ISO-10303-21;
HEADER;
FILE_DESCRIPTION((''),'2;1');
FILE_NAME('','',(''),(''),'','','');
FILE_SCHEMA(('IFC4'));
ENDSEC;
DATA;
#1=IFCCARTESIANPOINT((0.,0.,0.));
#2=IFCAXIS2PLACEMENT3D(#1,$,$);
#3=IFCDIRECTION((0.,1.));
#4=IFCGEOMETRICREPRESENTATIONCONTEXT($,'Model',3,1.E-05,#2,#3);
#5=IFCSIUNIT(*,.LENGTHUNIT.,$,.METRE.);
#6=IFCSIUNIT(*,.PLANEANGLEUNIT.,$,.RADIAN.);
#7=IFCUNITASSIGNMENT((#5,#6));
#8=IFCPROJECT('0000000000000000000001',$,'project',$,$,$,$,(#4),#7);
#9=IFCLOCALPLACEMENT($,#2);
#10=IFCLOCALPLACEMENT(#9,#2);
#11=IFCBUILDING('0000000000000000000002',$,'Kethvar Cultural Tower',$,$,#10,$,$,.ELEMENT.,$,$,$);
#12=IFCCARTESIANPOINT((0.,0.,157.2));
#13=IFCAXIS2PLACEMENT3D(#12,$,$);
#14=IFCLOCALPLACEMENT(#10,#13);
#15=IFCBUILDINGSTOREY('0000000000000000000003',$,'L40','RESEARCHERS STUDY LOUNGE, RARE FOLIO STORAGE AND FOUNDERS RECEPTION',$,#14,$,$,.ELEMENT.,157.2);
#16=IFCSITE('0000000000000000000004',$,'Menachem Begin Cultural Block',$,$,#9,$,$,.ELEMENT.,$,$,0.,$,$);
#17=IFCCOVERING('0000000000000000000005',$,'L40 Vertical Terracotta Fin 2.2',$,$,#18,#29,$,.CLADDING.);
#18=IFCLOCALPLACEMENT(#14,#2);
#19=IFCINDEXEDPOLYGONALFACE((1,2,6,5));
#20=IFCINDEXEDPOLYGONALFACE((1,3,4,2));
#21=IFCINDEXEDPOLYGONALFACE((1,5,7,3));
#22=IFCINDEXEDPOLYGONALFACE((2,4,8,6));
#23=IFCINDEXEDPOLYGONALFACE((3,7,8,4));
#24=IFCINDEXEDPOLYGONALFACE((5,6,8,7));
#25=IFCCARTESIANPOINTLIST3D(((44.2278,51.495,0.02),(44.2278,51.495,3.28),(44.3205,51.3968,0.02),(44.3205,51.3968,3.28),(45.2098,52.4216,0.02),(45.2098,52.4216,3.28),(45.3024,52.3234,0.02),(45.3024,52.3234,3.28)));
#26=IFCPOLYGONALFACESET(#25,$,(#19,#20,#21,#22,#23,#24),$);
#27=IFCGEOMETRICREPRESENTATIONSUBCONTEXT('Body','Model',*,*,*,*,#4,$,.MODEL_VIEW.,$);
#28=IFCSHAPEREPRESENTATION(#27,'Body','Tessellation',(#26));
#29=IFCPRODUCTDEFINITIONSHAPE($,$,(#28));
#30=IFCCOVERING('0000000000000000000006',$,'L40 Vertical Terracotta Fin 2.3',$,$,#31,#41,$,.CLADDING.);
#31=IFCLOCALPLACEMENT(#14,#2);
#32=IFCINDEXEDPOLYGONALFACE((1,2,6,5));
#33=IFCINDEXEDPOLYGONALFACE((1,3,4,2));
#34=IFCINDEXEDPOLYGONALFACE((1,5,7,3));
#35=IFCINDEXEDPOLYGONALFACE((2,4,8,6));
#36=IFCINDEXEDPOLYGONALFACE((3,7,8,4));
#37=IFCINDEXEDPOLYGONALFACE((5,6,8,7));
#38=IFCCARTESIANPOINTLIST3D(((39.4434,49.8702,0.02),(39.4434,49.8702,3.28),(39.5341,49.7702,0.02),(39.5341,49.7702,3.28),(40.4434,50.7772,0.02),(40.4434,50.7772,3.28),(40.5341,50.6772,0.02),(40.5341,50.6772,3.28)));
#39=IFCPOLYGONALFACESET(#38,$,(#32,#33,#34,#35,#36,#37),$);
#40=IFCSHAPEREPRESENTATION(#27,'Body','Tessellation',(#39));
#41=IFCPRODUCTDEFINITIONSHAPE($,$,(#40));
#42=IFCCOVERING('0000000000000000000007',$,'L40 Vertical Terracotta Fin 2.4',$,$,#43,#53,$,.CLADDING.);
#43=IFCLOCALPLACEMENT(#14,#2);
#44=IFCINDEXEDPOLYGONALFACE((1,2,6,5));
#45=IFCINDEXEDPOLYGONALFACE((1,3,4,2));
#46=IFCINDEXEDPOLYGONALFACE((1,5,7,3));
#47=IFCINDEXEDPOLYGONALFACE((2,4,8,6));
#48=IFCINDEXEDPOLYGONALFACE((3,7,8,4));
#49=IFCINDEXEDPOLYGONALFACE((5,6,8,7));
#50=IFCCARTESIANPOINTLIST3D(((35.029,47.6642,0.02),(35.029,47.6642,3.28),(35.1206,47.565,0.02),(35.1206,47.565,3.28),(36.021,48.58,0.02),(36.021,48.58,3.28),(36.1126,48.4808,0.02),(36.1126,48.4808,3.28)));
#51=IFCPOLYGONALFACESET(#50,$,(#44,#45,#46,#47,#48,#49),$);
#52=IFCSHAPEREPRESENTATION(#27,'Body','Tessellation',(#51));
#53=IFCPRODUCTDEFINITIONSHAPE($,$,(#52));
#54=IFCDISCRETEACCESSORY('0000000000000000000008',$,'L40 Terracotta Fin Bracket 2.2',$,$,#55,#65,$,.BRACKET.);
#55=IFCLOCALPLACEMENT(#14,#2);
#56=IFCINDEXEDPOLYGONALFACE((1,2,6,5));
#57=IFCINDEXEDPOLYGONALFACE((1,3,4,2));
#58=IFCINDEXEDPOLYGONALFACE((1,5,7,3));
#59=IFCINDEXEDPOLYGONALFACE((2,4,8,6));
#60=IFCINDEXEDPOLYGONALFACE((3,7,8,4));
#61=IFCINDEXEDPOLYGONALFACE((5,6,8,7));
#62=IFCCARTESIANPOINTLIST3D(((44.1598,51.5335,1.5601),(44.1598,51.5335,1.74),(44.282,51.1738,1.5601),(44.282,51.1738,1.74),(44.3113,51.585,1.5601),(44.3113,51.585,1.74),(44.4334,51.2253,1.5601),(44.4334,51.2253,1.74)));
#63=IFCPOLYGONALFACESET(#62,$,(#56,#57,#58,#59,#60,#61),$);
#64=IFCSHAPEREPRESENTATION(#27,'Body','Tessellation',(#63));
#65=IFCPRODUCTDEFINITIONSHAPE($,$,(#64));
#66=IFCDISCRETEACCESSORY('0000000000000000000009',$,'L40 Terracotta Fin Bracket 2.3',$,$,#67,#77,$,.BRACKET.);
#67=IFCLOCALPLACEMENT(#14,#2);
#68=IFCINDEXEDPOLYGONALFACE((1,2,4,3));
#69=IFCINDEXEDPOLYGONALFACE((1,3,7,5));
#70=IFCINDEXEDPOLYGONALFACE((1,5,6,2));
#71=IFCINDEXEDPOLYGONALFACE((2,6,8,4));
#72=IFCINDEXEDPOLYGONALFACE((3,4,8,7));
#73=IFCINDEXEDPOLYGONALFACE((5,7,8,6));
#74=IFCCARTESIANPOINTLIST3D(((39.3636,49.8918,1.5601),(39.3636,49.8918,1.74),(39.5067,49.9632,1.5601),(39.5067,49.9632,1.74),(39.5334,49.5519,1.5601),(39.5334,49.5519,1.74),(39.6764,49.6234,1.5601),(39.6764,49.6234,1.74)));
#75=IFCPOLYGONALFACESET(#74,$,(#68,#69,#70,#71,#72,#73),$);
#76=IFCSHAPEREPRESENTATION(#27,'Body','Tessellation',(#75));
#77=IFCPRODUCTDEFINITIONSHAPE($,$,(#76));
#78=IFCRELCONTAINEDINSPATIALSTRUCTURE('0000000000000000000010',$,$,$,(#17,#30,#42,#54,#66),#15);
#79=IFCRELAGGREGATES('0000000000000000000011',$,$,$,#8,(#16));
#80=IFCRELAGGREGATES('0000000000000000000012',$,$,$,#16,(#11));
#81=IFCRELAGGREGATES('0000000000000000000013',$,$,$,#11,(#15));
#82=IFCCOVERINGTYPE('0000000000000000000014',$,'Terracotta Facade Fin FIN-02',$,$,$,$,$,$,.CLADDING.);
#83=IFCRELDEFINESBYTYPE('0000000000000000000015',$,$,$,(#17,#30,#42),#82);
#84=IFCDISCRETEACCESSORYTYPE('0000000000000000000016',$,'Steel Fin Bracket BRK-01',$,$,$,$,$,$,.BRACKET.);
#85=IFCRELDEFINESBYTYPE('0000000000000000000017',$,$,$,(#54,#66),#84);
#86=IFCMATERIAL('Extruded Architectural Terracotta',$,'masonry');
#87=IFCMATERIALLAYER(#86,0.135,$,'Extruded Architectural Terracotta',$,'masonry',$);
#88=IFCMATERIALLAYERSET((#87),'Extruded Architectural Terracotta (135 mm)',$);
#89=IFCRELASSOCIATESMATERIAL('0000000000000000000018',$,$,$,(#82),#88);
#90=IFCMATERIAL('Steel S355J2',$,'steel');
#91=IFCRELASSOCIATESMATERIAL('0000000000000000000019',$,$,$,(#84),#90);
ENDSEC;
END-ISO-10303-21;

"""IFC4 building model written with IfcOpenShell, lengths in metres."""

from ifc_helpers import new_model, si_unit, direction, frame, origin, origin_2d, place, context, subcontext, project, spatial, rectangle, extrude, source, transform, mapped, material, layer, layer_set, type_object, element, save


model = new_model("IFC4")

# Units and contexts
model_context = context("Model", 3, precision=1e-05, world=origin(), true_north=direction((0.0, 1.0)))
body_context = subcontext(model_context, "Body", "Model", "MODEL_VIEW")
ifc_project = project(units=[si_unit("LENGTHUNIT", "METRE"), si_unit("PLANEANGLEUNIT", "RADIAN")], contexts=[model_context])

# Site, building, storey
site_placement = place(None, origin())
site = spatial("IfcSite", under=ifc_project, at=site_placement, Name="Menachem Begin Cultural Block", CompositionType="ELEMENT", RefElevation=0.0)
building_placement = place(site_placement, origin())
building = spatial("IfcBuilding", under=site, at=building_placement, Name="Kethvar Cultural Tower", CompositionType="ELEMENT")
storey_placement = place(building_placement, frame((0.0, 0.0, 157.2)))
storey = spatial("IfcBuildingStorey", under=building, at=storey_placement, Name="L40", Description="RESEARCHERS STUDY LOUNGE, RARE FOLIO STORAGE AND FOUNDERS RECEPTION", CompositionType="ELEMENT", Elevation=157.2)

# Shared definitions
ifc_material_1 = material(Name="Steel S355J2", Category="steel")

# Coverings
ifc_material_2 = material(Name="Extruded Architectural Terracotta", Category="masonry")
ifc_layer_1 = layer(ifc_material_2, 0.135, Name="Extruded Architectural Terracotta", Category="masonry")
ifc_layer_set_1 = layer_set([ifc_layer_1], Name="Extruded Architectural Terracotta (135 mm)")
covering_type = type_object("IfcCoveringType", Name="Terracotta Facade Fin FIN-02", PredefinedType="CLADDING", material=ifc_layer_set_1)
shared_shape_1 = source(origin(), body_context, "Body", "SweptSolid", [
    extrude(rectangle(XDim=1.3501, YDim=0.135, at=origin_2d()), origin(), (0.0, 0.0, 1.0), 3.26),
])
for number, where, z_axis, x_axis, name in (
    (1, (44.7651, 51.9092, 0.02), (0.0, 0.0, 1.0), (0.727294, 0.686326, 0.0), "L40 Vertical Terracotta Fin 2.2"),
    (2, (39.9888, 50.2737, 0.02), (0.0, 0.0, 1.0), (0.740687, 0.67185, 0.0), "L40 Vertical Terracotta Fin 2.3"),
    (3, (35.5708, 48.0725, 0.02), (0.0, 0.0, 1.0), (0.734796, 0.678288, 0.0), "L40 Vertical Terracotta Fin 2.4"),
):
    element("IfcCovering", number, at=place(storey_placement, frame(where, z_axis=z_axis, x_axis=x_axis)), inside=storey, type_object=covering_type, Name=name, PredefinedType="CLADDING", context=body_context, shape_type="MappedRepresentation", body=[
        mapped(shared_shape_1, transform((0.0, 0.0, 0.0), scale=1.0)),
    ])

# Discrete accessories
discrete_accessory_type = type_object("IfcDiscreteAccessoryType", Name="Steel Fin Bracket BRK-01", PredefinedType="BRACKET", material=ifc_material_1)
shared_shape_2 = source(origin(), body_context, "Body", "SweptSolid", [
    extrude(rectangle(XDim=0.3799, YDim=0.1599, at=origin_2d()), origin(), (0.0, 0.0, 1.0), 0.1799),
])
for number, where, z_axis, x_axis, name in (
    (4, (44.2966, 51.3794, 1.5601), (0.0, 0.0, 1.0), (-0.321605, 0.946874, 0.0), "L40 Terracotta Fin Bracket 2.2"),
    (5, (39.52, 49.7576, 1.5601), (0.0, 0.0, 1.0), (-0.446822, 0.894623, 0.0), "L40 Terracotta Fin Bracket 2.3"),
):
    element("IfcDiscreteAccessory", number, at=place(storey_placement, frame(where, z_axis=z_axis, x_axis=x_axis)), inside=storey, type_object=discrete_accessory_type, Name=name, PredefinedType="BRACKET", context=body_context, shape_type="MappedRepresentation", body=[
        mapped(shared_shape_2, transform((0.0, 0.0, 0.0), scale=1.0)),
    ])

save(model, "model.ifc")
